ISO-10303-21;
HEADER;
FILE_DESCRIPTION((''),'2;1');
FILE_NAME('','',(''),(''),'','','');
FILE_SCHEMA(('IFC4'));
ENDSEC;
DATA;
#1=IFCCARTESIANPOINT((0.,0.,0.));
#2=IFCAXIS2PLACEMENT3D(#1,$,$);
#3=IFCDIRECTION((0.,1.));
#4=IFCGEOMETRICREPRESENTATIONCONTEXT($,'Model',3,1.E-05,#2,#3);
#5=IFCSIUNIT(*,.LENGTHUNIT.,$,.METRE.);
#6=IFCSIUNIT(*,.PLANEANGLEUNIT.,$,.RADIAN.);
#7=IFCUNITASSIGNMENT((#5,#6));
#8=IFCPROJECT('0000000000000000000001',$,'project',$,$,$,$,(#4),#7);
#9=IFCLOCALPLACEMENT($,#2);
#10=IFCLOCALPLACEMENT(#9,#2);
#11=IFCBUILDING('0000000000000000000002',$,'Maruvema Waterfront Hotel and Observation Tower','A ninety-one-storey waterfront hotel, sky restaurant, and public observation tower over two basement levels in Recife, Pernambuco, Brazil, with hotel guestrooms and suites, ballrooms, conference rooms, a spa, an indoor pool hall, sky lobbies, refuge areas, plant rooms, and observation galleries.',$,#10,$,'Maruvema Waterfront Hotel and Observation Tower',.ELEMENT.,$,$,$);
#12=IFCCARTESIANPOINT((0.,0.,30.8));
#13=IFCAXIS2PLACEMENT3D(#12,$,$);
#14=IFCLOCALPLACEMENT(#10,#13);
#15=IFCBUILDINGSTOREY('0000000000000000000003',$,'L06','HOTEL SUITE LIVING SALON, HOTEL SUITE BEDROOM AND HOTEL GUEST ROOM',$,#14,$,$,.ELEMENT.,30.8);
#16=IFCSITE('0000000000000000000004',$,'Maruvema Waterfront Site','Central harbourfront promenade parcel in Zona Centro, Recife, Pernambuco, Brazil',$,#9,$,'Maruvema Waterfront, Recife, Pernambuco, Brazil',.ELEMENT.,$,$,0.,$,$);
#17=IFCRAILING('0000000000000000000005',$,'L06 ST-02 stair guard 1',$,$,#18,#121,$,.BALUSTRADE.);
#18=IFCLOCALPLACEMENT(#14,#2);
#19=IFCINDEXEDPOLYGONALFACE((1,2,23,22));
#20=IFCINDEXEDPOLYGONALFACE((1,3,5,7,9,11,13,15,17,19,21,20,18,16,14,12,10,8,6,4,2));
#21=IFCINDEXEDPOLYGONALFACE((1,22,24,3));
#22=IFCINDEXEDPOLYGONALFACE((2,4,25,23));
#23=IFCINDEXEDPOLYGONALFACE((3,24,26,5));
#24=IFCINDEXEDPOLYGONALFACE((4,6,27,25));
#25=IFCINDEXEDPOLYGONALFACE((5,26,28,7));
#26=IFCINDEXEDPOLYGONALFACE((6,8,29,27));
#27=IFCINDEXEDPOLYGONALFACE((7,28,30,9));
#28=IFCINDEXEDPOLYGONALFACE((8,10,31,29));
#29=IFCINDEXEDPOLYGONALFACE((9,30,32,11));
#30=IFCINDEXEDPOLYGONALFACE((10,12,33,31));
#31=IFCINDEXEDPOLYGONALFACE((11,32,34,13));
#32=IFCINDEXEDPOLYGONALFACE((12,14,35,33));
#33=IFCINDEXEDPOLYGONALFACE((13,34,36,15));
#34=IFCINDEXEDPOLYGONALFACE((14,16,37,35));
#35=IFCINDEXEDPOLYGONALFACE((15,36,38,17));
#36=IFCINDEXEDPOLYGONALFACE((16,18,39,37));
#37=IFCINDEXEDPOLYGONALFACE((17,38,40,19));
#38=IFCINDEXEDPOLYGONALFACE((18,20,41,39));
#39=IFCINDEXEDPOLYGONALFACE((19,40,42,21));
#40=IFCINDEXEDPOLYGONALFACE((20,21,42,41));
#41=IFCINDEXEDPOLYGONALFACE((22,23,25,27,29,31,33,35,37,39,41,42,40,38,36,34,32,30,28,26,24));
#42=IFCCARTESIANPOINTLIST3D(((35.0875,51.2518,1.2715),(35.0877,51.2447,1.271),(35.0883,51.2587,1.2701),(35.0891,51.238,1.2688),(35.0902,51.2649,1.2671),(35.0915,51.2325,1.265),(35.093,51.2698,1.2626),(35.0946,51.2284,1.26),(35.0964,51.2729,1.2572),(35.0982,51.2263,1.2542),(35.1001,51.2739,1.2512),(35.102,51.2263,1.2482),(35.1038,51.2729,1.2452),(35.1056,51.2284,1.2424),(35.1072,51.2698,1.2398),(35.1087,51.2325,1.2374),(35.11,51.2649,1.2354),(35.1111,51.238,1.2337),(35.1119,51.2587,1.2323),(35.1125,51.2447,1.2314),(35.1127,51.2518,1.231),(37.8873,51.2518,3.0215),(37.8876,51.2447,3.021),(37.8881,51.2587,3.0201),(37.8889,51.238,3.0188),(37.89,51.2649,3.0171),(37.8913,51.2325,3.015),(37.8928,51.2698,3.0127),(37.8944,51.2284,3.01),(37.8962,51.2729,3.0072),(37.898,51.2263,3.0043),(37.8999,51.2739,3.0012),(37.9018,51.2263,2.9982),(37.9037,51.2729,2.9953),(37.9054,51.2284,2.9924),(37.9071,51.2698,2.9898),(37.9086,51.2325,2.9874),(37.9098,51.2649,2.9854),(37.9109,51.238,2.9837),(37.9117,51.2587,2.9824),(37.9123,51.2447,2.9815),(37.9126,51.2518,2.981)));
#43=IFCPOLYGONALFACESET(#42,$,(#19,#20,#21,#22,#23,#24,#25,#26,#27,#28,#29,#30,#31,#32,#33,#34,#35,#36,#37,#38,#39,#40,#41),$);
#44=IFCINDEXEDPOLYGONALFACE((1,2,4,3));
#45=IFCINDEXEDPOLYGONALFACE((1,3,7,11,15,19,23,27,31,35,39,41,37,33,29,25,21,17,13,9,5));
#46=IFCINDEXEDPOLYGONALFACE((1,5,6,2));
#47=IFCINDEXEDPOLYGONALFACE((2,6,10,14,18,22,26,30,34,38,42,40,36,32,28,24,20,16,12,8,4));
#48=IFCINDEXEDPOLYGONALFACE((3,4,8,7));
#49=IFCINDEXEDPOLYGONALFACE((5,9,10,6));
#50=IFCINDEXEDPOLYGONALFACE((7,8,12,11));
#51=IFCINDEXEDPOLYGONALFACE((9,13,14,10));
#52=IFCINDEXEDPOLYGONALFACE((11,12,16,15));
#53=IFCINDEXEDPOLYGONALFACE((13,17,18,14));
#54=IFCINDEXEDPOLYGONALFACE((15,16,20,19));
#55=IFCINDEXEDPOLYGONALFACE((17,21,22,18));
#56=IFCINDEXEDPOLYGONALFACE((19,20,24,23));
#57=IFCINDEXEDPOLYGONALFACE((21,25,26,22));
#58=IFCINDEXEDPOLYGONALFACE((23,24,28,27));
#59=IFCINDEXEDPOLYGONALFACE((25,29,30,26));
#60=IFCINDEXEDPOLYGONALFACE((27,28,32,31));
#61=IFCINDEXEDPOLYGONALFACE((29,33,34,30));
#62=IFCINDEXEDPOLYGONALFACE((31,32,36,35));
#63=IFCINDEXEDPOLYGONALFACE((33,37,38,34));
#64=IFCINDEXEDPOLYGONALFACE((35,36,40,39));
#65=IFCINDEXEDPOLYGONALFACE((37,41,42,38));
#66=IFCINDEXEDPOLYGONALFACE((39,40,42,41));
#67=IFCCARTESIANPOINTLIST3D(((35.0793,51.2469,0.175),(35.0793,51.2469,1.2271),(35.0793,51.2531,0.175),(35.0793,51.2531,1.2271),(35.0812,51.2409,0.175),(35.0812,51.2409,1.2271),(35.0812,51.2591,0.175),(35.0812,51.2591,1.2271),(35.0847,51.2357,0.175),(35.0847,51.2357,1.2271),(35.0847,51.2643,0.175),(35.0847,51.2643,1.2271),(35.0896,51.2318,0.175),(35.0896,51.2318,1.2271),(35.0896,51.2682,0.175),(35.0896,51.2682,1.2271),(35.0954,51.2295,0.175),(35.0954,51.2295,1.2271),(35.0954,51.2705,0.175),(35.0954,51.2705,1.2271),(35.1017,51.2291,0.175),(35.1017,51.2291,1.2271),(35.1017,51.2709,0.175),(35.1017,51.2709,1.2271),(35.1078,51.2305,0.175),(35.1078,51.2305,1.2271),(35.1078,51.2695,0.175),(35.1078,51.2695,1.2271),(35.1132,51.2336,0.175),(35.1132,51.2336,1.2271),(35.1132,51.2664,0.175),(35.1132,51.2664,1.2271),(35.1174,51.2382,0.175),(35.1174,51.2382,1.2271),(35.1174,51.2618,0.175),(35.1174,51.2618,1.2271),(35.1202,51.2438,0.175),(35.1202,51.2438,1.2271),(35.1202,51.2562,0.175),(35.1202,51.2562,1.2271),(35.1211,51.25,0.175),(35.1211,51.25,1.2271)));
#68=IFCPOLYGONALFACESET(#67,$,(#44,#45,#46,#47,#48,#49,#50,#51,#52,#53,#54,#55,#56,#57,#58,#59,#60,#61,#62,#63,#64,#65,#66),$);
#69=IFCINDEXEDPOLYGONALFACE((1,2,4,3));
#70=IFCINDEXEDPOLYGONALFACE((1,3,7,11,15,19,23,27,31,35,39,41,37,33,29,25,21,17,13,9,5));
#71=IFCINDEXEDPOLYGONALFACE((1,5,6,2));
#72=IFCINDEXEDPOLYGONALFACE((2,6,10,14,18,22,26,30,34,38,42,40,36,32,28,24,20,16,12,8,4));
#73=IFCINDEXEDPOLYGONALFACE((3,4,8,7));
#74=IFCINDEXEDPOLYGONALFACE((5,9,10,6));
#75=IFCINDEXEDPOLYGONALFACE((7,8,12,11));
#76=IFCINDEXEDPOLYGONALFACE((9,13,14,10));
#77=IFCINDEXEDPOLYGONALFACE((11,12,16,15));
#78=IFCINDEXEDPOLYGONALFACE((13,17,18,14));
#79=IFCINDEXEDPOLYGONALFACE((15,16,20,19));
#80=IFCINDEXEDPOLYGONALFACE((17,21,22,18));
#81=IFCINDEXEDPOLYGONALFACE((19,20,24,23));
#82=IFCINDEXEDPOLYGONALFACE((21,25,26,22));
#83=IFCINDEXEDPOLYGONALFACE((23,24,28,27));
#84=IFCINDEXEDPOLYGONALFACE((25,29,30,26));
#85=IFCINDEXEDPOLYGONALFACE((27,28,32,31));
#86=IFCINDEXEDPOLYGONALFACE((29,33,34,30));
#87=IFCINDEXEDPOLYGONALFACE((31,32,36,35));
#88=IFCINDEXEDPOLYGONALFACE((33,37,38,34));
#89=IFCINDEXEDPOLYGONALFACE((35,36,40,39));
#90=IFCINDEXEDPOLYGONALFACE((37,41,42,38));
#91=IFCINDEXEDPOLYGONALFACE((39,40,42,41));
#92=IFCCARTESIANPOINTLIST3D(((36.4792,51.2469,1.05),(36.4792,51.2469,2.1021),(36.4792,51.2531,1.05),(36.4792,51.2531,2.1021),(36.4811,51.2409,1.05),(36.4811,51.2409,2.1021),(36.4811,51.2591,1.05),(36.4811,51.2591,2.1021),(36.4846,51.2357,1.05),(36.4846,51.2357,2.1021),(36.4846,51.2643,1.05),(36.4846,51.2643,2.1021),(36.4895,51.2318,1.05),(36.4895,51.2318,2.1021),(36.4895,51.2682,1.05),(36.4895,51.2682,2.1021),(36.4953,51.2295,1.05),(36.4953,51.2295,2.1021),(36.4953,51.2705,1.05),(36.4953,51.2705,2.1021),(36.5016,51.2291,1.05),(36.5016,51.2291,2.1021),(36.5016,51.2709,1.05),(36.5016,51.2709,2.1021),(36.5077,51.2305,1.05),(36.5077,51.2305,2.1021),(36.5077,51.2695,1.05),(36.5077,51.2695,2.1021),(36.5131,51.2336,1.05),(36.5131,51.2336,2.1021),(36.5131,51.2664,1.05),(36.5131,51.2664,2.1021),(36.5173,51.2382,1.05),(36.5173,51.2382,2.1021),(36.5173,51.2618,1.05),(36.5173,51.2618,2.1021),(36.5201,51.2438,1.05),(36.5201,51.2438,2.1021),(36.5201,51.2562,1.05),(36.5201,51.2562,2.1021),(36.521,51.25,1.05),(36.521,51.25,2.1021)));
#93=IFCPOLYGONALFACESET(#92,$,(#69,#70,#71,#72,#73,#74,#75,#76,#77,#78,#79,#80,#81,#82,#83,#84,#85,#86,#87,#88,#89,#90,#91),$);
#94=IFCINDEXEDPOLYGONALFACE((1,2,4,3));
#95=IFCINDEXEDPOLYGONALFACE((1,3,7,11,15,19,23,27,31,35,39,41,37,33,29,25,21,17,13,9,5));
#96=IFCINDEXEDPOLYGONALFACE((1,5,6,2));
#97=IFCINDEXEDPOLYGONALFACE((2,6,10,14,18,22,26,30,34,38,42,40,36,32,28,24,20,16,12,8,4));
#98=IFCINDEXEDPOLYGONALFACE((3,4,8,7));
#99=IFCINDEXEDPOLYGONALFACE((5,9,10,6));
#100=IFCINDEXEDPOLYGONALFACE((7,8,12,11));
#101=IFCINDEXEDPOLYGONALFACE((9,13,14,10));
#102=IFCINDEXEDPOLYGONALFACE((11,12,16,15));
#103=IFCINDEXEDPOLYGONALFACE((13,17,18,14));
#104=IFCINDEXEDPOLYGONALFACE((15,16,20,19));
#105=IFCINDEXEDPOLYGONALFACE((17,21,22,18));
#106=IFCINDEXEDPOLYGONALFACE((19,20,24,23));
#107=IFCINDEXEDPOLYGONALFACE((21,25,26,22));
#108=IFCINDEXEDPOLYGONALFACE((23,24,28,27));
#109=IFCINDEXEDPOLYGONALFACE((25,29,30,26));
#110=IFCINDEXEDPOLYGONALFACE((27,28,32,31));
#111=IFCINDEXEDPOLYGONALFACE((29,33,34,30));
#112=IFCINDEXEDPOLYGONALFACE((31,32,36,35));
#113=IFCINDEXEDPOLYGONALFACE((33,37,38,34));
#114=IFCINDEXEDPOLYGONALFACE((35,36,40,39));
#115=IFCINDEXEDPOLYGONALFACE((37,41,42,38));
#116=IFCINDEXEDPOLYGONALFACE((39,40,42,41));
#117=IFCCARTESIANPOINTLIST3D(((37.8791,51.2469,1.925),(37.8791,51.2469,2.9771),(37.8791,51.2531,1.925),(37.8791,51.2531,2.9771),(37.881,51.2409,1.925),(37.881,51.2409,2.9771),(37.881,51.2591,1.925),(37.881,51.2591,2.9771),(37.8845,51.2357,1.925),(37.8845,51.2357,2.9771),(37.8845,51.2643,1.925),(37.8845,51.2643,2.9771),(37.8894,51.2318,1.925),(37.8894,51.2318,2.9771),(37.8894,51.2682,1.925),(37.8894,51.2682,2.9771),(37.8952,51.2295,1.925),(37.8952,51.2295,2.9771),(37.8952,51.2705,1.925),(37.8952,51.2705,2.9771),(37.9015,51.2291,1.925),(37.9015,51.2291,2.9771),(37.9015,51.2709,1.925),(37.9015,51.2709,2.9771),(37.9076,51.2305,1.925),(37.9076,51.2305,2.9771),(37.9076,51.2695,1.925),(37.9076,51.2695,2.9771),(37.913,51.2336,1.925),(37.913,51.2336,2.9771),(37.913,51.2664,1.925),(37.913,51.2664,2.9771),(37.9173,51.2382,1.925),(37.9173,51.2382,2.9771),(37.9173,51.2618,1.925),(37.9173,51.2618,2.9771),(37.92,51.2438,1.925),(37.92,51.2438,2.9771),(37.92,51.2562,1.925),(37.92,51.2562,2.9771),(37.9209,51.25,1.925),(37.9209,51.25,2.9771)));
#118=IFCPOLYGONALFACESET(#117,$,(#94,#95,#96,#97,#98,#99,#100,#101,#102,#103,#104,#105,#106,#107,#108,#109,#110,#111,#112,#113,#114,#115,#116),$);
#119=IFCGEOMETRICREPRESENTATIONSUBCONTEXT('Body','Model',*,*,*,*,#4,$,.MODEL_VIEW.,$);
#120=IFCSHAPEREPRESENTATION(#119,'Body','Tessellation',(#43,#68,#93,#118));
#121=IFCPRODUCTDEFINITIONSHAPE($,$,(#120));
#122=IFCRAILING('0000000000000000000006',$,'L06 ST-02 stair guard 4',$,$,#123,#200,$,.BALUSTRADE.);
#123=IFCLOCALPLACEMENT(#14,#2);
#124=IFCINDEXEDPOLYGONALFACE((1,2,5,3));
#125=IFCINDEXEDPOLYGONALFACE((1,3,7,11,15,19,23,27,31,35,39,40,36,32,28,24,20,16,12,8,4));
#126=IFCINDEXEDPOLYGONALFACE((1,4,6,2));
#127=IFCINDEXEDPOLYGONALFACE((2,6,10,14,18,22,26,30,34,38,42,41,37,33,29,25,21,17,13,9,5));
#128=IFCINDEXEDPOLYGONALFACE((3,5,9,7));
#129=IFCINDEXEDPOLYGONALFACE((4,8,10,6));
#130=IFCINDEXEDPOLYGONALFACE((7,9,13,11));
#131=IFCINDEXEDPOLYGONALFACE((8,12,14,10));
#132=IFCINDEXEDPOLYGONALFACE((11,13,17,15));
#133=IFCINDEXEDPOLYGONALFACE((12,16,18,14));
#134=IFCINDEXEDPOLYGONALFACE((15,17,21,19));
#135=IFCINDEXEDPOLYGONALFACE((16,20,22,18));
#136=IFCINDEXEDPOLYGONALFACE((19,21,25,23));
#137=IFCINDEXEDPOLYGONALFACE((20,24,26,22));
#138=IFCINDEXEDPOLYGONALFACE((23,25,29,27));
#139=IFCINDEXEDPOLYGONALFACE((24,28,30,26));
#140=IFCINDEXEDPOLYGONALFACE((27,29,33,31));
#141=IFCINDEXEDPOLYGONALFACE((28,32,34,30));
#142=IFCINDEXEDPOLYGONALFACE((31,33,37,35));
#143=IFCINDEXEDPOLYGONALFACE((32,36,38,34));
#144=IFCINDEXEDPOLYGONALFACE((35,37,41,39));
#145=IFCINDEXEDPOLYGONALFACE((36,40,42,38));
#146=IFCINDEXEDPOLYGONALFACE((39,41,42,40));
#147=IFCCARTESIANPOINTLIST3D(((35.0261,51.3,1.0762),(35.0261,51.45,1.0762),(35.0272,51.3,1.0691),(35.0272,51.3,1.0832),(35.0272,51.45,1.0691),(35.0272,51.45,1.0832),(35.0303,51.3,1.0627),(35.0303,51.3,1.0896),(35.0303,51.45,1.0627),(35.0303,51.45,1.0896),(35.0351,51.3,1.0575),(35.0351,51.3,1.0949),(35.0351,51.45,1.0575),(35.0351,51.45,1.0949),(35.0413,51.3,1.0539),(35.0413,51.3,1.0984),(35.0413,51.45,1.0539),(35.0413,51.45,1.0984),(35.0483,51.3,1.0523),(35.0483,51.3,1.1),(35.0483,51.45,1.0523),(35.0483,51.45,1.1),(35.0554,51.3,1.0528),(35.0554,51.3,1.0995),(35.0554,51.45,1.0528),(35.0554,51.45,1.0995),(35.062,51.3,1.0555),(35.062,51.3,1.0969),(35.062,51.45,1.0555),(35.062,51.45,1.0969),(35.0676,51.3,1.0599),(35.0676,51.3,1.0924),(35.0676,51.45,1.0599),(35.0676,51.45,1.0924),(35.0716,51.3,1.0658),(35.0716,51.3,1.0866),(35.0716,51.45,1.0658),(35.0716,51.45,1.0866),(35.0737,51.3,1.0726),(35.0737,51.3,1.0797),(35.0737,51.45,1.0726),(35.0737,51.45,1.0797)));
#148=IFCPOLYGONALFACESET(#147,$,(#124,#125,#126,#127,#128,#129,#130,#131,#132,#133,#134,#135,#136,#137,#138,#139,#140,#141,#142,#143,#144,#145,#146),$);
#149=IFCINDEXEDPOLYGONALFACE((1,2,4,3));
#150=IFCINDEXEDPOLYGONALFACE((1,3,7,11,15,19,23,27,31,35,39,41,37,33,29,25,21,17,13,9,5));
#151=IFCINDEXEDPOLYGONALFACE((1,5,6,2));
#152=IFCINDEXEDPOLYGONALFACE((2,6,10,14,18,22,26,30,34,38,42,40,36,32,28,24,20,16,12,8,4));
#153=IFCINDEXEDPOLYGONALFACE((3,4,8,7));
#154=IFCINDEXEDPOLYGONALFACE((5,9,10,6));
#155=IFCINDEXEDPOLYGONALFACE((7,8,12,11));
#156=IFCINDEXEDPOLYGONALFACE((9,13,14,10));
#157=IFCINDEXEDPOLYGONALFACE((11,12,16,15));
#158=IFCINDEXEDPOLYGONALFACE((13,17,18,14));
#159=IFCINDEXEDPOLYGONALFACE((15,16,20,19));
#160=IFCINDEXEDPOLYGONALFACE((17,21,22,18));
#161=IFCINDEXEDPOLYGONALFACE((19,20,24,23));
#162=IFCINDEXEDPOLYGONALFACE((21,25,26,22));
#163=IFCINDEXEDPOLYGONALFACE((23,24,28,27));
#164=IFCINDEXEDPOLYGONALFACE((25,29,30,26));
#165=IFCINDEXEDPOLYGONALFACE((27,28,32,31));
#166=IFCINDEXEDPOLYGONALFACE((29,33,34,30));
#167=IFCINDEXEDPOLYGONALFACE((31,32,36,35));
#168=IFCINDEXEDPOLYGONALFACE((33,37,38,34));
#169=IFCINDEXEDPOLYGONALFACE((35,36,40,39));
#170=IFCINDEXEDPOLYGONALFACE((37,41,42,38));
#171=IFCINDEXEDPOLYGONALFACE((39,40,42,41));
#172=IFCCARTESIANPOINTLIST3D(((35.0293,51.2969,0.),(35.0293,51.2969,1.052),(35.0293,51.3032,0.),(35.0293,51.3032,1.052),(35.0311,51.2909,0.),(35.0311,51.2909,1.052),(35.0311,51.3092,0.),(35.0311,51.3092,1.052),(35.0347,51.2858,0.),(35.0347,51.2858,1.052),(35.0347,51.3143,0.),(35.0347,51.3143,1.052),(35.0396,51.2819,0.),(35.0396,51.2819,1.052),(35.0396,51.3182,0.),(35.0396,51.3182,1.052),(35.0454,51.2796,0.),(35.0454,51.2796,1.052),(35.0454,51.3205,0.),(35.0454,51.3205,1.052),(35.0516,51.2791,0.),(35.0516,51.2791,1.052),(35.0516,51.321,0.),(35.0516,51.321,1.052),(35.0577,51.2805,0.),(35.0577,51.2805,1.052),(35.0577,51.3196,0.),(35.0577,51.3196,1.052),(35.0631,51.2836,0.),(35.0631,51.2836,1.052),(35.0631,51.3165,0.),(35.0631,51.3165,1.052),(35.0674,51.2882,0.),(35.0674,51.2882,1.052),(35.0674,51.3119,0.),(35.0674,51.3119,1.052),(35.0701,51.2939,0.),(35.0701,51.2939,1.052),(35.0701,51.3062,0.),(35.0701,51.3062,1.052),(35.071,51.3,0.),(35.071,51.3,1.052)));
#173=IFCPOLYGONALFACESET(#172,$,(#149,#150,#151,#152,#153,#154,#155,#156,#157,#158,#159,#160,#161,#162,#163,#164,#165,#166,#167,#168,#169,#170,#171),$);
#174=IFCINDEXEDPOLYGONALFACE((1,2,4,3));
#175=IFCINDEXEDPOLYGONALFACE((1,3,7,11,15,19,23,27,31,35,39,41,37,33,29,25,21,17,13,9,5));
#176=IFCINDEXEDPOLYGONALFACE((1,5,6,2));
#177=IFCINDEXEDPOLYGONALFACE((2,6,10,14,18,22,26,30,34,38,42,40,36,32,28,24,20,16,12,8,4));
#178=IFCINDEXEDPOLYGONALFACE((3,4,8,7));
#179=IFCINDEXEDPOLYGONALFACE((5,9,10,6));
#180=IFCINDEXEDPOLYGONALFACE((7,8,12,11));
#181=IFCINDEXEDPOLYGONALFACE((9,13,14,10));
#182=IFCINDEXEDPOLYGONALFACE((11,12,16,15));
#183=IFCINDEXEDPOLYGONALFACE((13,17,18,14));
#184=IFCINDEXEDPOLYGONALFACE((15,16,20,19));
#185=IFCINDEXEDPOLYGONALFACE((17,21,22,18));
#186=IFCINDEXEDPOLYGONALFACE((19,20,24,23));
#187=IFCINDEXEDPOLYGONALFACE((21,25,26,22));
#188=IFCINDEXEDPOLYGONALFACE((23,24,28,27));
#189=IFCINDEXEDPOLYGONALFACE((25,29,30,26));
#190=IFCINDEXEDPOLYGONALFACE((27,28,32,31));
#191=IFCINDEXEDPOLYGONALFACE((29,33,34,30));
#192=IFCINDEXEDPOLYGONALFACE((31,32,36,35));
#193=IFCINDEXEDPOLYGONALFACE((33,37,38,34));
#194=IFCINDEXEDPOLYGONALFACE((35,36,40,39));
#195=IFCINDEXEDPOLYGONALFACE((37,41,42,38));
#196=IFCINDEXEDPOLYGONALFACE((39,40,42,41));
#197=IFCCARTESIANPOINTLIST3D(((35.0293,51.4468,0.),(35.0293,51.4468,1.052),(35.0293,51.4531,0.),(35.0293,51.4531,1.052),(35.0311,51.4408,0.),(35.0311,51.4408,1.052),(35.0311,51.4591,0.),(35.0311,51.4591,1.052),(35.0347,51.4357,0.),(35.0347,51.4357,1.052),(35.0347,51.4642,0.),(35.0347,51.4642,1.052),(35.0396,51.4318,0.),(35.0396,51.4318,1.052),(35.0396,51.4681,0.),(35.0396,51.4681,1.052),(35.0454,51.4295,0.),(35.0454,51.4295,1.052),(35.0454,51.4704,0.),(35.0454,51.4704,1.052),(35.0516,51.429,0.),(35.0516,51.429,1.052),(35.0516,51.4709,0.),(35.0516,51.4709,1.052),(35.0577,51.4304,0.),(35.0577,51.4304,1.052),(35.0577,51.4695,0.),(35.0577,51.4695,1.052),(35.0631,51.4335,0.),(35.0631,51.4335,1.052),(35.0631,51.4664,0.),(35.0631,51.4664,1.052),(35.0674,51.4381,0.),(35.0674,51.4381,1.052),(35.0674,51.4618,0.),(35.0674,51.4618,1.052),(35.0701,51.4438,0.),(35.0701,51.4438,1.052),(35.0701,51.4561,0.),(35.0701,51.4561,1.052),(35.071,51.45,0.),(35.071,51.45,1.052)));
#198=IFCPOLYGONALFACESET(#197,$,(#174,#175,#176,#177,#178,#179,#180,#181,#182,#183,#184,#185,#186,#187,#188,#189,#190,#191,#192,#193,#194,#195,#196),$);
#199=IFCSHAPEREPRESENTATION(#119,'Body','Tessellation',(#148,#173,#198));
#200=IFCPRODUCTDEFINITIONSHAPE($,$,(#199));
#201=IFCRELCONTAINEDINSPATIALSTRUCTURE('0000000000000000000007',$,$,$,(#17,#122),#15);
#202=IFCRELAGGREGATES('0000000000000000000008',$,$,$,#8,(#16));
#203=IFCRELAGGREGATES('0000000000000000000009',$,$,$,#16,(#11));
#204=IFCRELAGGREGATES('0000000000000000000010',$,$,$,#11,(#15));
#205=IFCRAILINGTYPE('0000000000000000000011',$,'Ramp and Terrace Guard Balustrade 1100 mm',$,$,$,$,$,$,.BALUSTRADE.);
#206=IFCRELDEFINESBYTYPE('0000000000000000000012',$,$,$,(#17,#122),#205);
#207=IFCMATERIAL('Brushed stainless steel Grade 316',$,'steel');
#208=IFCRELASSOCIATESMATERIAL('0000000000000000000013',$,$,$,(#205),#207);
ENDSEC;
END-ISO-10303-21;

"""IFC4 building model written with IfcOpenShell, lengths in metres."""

from ifc_helpers import new_model, si_unit, direction, frame, origin, origin_2d, place, context, subcontext, project, spatial, circle, extrude, material, type_object, element, save


model = new_model("IFC4")

# Units and contexts
model_context = context("Model", 3, precision=1e-05, world=origin(), true_north=direction((0.0, 1.0)))
body_context = subcontext(model_context, "Body", "Model", "MODEL_VIEW")
ifc_project = project(units=[si_unit("LENGTHUNIT", "METRE"), si_unit("PLANEANGLEUNIT", "RADIAN")], contexts=[model_context])

# Site, building, storey
site_placement = place(None, origin())
site = spatial("IfcSite", under=ifc_project, at=site_placement, Name="Maruvema Waterfront Site", Description="Central harbourfront promenade parcel in Zona Centro, Recife, Pernambuco, Brazil", LongName="Maruvema Waterfront, Recife, Pernambuco, Brazil", CompositionType="ELEMENT", RefElevation=0.0)
building_placement = place(site_placement, origin())
building = spatial("IfcBuilding", under=site, at=building_placement, Name="Maruvema Waterfront Hotel and Observation Tower", Description="A ninety-one-storey waterfront hotel, sky restaurant, and public observation tower over two basement levels in Recife, Pernambuco, Brazil, with hotel guestrooms and suites, ballrooms, conference rooms, a spa, an indoor pool hall, sky lobbies, refuge areas, plant rooms, and observation galleries.", LongName="Maruvema Waterfront Hotel and Observation Tower", CompositionType="ELEMENT")
storey_placement = place(building_placement, frame((0.0, 0.0, 30.8)))
storey = spatial("IfcBuildingStorey", under=building, at=storey_placement, Name="L06", Description="HOTEL SUITE LIVING SALON, HOTEL SUITE BEDROOM AND HOTEL GUEST ROOM", CompositionType="ELEMENT", Elevation=30.8)

# Railings
ifc_material_1 = material(Name="Brushed stainless steel Grade 316", Category="steel")
railing_type = type_object("IfcRailingType", Name="Ramp and Terrace Guard Balustrade 1100 mm", PredefinedType="BALUSTRADE", material=ifc_material_1)
railing_1_placement = place(storey_placement, frame((35.1001, 51.25, 0.175)))
element("IfcRailing", 1, at=railing_1_placement, inside=storey, type_object=railing_type, Name="L06 ST-02 stair guard 1", PredefinedType="BALUSTRADE", context=body_context, shape_type="SweptSolid", body=[
    extrude(circle(Radius=0.0239, at=origin_2d()), frame((0.0, 0.0, 1.0762), z_axis=(0.847982, 0.0, 0.530026), x_axis=(0.0, 1.0, 0.0)), (0.0, 0.0, 1.0), 3.3018),
    extrude(circle(Radius=0.021, at=origin_2d()), origin(), (0.0, 0.0, 1.0), 1.052),
    extrude(circle(Radius=0.021, at=origin_2d()), frame((1.3999, 0.0, 0.875)), (0.0, 0.0, 1.0), 1.052),
    extrude(circle(Radius=0.021, at=origin_2d()), frame((2.7998, 0.0, 1.75)), (0.0, 0.0, 1.0), 1.052),
])
railing_2_placement = place(storey_placement, frame((35.05, 51.3, 0.0)))
element("IfcRailing", 2, at=railing_2_placement, inside=storey, type_object=railing_type, Name="L06 ST-02 stair guard 4", PredefinedType="BALUSTRADE", context=body_context, shape_type="SweptSolid", body=[
    extrude(circle(Radius=0.0239, at=origin_2d()), frame((0.0, 0.0, 1.0762), z_axis=(0.0, 1.0, 0.0), x_axis=(-1.0, 0.0, 0.0)), (0.0, 0.0, 1.0), 0.1499),
    extrude(circle(Radius=0.021, at=origin_2d()), origin(), (0.0, 0.0, 1.0), 1.052),
    extrude(circle(Radius=0.021, at=origin_2d()), frame((0.0, 0.1499, 0.0)), (0.0, 0.0, 1.0), 1.052),
])

save(model, "model.ifc")
